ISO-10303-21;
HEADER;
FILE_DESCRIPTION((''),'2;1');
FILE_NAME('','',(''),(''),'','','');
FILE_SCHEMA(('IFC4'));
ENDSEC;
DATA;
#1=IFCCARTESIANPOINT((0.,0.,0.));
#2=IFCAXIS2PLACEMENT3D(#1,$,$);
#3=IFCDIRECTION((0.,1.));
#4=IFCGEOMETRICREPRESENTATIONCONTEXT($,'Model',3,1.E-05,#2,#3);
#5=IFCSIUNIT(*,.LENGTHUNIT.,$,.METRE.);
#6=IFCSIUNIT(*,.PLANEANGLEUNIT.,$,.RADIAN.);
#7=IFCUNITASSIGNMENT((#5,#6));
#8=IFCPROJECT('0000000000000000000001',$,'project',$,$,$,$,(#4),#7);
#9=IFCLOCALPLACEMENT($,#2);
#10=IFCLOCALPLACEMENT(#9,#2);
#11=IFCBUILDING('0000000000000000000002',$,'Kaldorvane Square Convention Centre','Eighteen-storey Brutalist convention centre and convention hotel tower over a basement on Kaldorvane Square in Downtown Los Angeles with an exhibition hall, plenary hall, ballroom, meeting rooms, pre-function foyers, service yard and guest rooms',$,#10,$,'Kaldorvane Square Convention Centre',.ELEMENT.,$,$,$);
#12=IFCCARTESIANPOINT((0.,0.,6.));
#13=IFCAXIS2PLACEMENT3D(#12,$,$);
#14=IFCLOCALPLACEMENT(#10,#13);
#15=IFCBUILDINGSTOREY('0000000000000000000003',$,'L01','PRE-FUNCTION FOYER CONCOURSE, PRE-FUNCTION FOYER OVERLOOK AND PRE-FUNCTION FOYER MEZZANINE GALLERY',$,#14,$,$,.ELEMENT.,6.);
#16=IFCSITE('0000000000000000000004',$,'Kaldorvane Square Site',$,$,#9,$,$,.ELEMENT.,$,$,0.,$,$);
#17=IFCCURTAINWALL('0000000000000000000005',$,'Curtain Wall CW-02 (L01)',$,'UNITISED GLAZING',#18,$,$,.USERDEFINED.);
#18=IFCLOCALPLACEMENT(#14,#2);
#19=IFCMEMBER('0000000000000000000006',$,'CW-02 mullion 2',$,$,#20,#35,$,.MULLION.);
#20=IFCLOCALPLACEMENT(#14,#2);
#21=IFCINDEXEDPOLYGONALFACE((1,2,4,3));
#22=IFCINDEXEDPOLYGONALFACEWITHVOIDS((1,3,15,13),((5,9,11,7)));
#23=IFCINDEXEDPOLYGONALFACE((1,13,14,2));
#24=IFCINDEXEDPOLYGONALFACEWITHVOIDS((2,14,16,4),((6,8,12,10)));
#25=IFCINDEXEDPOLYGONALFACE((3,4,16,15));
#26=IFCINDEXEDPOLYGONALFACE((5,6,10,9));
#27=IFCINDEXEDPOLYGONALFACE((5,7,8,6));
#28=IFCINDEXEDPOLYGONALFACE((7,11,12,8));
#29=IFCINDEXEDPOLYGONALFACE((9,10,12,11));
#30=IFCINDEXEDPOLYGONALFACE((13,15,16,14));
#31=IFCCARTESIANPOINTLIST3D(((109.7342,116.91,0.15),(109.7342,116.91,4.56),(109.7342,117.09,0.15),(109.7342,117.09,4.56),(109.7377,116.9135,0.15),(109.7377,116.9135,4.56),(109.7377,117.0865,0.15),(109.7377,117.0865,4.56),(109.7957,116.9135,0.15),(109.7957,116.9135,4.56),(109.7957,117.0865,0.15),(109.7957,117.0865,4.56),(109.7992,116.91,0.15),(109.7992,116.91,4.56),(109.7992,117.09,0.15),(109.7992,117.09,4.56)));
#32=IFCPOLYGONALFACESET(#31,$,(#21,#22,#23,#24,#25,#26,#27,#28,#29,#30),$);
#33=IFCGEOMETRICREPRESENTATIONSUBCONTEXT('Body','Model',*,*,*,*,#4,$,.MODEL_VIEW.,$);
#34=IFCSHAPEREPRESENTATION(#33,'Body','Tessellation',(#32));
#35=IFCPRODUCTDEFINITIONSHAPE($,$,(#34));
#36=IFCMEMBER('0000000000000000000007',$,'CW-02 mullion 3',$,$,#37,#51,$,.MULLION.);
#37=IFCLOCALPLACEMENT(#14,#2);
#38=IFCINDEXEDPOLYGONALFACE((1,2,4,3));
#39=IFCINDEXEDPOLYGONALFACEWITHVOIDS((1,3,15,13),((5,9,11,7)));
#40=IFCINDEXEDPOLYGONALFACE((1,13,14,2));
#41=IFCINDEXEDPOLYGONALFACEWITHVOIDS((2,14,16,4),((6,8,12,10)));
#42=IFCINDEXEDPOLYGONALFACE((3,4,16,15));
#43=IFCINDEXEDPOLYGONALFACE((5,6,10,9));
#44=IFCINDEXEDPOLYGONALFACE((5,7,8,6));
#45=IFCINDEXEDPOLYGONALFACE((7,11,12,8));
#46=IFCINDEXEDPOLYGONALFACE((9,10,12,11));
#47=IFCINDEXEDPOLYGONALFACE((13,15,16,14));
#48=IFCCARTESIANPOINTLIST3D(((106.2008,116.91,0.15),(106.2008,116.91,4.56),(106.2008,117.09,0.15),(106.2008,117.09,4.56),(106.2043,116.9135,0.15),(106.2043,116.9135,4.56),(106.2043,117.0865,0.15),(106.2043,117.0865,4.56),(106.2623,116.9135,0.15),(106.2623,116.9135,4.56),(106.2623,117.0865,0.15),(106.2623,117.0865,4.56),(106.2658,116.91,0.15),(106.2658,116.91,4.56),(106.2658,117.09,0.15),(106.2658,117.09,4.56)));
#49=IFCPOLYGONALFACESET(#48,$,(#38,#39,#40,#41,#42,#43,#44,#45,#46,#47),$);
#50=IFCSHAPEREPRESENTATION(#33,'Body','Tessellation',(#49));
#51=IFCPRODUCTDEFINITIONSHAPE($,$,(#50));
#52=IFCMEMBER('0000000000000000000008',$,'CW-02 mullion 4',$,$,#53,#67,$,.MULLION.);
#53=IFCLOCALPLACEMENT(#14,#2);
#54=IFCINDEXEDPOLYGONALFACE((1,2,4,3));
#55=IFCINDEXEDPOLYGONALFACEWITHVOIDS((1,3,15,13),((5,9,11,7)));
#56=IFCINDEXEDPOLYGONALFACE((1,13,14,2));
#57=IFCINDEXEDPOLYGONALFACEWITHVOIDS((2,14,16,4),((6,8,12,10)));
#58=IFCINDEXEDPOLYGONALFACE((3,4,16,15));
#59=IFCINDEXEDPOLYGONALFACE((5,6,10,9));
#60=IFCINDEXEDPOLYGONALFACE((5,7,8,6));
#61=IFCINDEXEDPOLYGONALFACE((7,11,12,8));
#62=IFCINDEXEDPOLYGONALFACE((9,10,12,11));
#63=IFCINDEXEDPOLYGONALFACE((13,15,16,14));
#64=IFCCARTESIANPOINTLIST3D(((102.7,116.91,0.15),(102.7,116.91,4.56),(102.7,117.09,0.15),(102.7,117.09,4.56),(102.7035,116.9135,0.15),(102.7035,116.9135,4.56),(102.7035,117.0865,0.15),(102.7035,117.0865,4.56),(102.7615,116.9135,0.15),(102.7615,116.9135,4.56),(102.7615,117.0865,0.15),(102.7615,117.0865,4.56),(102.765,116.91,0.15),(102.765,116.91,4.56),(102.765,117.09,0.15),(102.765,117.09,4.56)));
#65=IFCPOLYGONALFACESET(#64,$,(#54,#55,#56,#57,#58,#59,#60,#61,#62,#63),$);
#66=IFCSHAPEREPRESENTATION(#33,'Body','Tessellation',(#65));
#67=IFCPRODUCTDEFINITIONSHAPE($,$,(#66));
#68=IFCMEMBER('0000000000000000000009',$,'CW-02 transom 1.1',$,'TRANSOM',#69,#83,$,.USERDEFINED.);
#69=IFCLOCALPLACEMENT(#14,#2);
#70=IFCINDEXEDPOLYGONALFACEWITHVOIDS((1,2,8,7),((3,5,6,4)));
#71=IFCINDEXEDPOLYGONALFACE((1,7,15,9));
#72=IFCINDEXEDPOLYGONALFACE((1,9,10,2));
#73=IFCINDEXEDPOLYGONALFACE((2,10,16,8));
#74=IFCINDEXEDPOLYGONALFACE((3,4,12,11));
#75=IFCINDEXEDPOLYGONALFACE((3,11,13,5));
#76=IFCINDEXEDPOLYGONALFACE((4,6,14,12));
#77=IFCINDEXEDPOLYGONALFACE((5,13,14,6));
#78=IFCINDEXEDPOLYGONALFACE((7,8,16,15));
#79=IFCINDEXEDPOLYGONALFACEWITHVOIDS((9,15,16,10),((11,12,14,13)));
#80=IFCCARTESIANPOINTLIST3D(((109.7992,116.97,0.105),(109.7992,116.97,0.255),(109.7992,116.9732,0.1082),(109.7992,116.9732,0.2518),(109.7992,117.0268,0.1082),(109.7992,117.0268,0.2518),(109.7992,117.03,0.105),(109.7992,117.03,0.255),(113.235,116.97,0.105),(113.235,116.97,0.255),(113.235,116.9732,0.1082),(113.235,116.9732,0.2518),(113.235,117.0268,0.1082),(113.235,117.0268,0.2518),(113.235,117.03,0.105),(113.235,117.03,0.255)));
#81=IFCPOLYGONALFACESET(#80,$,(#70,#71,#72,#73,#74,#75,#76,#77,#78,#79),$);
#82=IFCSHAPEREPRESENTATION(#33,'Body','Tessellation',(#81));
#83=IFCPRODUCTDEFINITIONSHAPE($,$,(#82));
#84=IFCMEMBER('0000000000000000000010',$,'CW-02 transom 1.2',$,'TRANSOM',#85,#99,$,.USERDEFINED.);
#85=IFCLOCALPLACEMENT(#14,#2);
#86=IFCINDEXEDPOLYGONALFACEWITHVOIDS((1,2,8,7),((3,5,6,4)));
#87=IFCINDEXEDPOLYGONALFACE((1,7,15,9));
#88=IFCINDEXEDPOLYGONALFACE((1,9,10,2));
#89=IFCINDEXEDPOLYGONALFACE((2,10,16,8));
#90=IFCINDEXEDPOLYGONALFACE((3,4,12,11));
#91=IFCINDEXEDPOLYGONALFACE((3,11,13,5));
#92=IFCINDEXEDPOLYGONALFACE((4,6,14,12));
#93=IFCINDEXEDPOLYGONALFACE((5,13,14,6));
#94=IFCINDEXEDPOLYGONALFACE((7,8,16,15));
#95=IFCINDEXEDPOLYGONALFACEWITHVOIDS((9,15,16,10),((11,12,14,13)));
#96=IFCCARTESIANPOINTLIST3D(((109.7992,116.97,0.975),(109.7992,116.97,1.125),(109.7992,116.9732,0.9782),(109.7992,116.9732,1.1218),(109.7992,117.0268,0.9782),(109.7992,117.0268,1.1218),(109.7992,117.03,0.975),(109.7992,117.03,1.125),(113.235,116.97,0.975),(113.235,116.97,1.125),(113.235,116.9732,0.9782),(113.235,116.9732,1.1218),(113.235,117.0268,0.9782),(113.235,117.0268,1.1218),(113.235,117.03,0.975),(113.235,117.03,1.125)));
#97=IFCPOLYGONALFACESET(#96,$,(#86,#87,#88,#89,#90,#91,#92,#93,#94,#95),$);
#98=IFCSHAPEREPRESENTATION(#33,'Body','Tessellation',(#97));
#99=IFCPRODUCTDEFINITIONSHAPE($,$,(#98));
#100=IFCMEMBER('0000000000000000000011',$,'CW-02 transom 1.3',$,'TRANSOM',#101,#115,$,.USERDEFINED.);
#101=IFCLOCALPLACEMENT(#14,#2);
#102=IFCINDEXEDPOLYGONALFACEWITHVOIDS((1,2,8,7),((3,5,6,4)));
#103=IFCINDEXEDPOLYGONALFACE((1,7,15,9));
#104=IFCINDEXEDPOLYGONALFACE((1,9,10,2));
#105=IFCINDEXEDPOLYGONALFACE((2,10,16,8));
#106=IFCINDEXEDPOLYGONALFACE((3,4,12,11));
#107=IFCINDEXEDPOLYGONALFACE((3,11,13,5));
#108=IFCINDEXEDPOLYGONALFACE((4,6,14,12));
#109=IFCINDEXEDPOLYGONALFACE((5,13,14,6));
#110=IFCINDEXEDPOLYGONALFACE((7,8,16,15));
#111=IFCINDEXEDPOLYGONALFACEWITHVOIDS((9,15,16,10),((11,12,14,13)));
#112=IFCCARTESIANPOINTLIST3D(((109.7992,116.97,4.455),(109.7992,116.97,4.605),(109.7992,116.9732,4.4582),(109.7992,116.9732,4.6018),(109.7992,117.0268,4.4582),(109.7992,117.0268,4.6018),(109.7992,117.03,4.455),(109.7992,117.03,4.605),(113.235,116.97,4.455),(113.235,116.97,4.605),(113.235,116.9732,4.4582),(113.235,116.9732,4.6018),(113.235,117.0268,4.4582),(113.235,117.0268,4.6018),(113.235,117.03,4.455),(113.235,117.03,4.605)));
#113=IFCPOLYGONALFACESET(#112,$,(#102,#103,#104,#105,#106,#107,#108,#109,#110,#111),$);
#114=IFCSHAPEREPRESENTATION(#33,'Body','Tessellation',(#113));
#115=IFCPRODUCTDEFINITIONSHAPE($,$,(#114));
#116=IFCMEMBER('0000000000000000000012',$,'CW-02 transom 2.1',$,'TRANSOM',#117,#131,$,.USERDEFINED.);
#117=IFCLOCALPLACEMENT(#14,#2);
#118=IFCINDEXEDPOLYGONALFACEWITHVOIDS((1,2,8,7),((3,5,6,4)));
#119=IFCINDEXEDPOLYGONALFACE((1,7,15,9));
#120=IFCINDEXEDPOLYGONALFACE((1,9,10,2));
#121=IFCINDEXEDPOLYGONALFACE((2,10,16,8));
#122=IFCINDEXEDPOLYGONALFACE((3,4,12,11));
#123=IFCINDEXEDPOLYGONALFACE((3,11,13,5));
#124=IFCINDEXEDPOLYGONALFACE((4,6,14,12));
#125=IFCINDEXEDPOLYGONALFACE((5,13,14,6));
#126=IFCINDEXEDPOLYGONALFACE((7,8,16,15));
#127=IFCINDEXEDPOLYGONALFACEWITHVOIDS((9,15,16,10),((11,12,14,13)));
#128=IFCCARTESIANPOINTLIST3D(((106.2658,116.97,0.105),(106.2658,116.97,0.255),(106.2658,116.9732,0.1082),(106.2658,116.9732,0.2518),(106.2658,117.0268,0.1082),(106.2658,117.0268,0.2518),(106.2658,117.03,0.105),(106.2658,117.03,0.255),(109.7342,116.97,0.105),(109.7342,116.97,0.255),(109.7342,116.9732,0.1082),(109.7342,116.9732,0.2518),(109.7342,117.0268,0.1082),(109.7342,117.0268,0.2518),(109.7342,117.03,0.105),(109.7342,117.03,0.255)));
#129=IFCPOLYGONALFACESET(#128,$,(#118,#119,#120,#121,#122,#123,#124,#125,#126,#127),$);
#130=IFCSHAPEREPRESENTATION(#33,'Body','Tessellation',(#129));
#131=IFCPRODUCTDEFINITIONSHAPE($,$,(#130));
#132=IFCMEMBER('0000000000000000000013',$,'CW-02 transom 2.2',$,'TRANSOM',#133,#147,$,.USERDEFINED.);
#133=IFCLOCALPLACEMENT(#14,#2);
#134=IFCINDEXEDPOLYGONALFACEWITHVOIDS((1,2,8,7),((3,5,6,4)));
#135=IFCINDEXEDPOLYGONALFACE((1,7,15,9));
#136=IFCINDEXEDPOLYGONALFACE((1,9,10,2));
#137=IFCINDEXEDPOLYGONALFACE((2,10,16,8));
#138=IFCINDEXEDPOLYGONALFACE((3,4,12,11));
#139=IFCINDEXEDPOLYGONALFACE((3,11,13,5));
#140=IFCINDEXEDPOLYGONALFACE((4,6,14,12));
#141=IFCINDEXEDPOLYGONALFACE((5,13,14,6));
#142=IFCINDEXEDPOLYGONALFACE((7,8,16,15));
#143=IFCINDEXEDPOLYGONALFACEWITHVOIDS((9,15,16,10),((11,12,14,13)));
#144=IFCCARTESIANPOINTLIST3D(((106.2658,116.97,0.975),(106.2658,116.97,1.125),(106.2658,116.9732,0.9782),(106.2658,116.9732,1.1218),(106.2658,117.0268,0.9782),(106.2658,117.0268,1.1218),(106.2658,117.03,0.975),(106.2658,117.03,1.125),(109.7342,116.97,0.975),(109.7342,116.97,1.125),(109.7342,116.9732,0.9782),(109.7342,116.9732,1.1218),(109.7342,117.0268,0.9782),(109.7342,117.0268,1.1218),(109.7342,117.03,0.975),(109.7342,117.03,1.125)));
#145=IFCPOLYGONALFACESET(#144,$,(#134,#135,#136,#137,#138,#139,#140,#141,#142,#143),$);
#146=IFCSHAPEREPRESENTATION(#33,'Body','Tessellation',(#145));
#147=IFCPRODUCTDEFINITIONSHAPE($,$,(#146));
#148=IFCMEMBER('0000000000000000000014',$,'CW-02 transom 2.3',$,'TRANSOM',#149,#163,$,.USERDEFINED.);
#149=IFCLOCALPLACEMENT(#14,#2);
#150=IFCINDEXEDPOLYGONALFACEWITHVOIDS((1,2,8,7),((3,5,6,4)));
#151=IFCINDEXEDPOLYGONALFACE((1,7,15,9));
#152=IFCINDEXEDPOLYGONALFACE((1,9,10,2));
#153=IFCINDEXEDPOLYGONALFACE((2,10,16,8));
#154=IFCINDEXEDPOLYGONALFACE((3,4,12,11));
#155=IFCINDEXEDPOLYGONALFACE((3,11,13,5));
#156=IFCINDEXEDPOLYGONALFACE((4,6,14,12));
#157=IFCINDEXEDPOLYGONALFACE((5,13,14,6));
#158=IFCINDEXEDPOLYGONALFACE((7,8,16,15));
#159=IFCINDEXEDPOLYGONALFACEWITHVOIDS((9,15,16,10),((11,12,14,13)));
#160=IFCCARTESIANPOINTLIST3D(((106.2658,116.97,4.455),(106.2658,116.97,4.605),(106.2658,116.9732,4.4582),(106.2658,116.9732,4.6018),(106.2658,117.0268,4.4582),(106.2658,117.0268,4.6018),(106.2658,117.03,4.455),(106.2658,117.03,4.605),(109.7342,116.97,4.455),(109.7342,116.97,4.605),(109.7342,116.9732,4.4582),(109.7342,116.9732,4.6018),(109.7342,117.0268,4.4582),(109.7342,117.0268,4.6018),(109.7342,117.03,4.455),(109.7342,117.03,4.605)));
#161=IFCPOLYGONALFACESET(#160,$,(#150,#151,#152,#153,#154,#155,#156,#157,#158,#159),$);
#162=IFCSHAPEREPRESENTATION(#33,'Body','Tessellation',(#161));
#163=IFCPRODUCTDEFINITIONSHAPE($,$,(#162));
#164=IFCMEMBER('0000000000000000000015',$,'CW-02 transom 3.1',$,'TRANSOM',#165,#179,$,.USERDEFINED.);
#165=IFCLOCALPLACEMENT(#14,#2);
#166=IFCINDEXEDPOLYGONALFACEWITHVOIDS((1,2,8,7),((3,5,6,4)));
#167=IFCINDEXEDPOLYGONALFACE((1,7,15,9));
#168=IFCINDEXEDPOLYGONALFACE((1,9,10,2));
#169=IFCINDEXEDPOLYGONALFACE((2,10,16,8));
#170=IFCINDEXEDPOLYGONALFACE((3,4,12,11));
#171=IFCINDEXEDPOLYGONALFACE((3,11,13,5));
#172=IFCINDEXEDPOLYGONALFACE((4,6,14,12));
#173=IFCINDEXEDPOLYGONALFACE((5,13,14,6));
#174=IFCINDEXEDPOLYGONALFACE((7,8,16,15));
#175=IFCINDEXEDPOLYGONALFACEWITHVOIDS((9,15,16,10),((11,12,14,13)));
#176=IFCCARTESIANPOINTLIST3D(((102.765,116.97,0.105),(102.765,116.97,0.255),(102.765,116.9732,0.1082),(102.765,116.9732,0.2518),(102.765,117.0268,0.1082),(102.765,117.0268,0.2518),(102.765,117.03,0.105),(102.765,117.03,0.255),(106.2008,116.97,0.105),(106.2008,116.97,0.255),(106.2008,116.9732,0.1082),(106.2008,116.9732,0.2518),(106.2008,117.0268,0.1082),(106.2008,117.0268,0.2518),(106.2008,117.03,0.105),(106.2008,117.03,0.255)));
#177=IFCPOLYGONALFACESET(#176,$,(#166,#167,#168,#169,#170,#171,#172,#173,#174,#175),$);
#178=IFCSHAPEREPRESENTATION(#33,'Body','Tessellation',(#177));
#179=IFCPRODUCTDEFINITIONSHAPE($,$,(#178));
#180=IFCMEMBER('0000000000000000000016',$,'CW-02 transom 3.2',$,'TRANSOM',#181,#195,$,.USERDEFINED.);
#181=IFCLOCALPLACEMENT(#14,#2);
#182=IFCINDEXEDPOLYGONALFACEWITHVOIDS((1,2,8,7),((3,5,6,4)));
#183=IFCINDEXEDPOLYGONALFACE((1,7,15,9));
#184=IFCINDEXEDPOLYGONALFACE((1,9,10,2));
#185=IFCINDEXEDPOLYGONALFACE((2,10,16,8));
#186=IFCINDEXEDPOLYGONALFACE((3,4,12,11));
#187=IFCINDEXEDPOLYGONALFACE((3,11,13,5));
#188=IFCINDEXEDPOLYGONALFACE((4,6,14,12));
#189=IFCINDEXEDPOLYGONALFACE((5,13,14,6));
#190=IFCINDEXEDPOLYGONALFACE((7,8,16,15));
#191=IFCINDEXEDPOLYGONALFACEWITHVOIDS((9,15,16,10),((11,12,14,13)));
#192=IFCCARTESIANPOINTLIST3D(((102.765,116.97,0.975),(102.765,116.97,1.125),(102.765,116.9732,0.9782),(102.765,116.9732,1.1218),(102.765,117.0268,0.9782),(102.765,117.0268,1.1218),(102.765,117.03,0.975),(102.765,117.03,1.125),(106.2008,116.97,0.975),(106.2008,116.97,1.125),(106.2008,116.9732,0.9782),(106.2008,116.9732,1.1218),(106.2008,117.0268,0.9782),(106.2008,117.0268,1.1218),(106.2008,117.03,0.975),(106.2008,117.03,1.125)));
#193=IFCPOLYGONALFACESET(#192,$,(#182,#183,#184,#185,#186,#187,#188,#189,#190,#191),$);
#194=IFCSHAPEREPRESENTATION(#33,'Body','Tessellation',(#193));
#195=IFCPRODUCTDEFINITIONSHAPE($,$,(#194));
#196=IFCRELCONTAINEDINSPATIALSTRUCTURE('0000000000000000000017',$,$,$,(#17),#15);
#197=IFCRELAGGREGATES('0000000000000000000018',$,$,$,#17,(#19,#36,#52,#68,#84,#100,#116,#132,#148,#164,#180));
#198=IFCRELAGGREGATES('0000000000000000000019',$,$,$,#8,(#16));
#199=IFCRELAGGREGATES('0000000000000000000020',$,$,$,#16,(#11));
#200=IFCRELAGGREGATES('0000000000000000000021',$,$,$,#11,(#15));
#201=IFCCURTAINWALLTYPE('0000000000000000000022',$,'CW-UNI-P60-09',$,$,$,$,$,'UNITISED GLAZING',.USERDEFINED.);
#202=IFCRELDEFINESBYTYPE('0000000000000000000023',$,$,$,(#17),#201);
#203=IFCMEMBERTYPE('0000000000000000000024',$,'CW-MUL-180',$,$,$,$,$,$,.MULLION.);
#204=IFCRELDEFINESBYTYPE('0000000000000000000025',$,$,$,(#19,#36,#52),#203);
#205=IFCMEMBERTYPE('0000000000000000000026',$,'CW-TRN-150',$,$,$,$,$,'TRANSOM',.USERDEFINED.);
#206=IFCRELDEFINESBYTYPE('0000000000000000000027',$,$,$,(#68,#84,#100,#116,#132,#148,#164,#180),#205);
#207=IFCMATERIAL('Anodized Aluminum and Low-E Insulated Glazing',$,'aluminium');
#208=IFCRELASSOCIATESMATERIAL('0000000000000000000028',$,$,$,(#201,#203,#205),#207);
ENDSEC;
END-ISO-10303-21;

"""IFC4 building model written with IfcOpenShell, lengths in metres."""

from ifc_helpers import new_model, si_unit, direction, frame, origin, origin_2d, place, context, subcontext, project, spatial, hollow_rectangle, extrude, material, material_profile, profile_set, type_object, element, aggregate, save


model = new_model("IFC4")

# Units and contexts
model_context = context("Model", 3, precision=1e-05, world=origin(), true_north=direction((0.0, 1.0)))
body_context = subcontext(model_context, "Body", "Model", "MODEL_VIEW")
ifc_project = project(units=[si_unit("LENGTHUNIT", "METRE"), si_unit("PLANEANGLEUNIT", "RADIAN")], contexts=[model_context])

# Site, building, storey
site_placement = place(None, origin())
site = spatial("IfcSite", under=ifc_project, at=site_placement, Name="Kaldorvane Square Site", CompositionType="ELEMENT", RefElevation=0.0)
building_placement = place(site_placement, origin())
building = spatial("IfcBuilding", under=site, at=building_placement, Name="Kaldorvane Square Convention Centre", Description="Eighteen-storey Brutalist convention centre and convention hotel tower over a basement on Kaldorvane Square in Downtown Los Angeles with an exhibition hall, plenary hall, ballroom, meeting rooms, pre-function foyers, service yard and guest rooms", LongName="Kaldorvane Square Convention Centre", CompositionType="ELEMENT")
storey_placement = place(building_placement, frame((0.0, 0.0, 6.0)))
storey = spatial("IfcBuildingStorey", under=building, at=storey_placement, Name="L01", Description="PRE-FUNCTION FOYER CONCOURSE, PRE-FUNCTION FOYER OVERLOOK AND PRE-FUNCTION FOYER MEZZANINE GALLERY", CompositionType="ELEMENT", Elevation=6.0)

# Curtain wall, members
ifc_material_1 = material(Name="Anodized Aluminum and Low-E Insulated Glazing", Category="aluminium")
curtain_wall_type = type_object("IfcCurtainWallType", Name="CW-UNI-P60-09", ElementType="UNITISED GLAZING", PredefinedType="USERDEFINED", material=ifc_material_1)
curtain_wall_placement = place(storey_placement, origin())
curtain_wall = element("IfcCurtainWall", 1, at=curtain_wall_placement, inside=storey, type_object=curtain_wall_type, Name="Curtain Wall CW-02 (L01)", ObjectType="UNITISED GLAZING", PredefinedType="USERDEFINED")
ifc_material_profile_1 = material_profile(ifc_material_1, hollow_rectangle(XDim=0.065, YDim=0.18, WallThickness=0.0035, at=origin_2d()), Name="CWM-180X65")
ifc_profile_set_1 = profile_set([ifc_material_profile_1], Name="Anodized Aluminum and Low-E Insulated Glazing")
member_type_1 = type_object("IfcMemberType", Name="CW-MUL-180", PredefinedType="MULLION", material=ifc_profile_set_1)
member_1_placement = place(storey_placement, frame((109.7667, 117.0, 0.15), z_axis=(0.0, 0.0, 1.0), x_axis=(-1.0, 0.0, 0.0)))
member_1 = element("IfcMember", 2, at=member_1_placement, type_object=member_type_1, Name="CW-02 mullion 2", PredefinedType="MULLION", context=body_context, shape_type="SweptSolid", body=[
    extrude(hollow_rectangle(XDim=0.065, YDim=0.18, WallThickness=0.0035, at=origin_2d()), origin(), (0.0, 0.0, 1.0), 4.41),
])
member_2_placement = place(storey_placement, frame((106.2333, 117.0, 0.15), z_axis=(0.0, 0.0, 1.0), x_axis=(-1.0, 0.0, 0.0)))
member_2 = element("IfcMember", 3, at=member_2_placement, type_object=member_type_1, Name="CW-02 mullion 3", PredefinedType="MULLION", context=body_context, shape_type="SweptSolid", body=[
    extrude(hollow_rectangle(XDim=0.065, YDim=0.18, WallThickness=0.0035, at=origin_2d()), origin(), (0.0, 0.0, 1.0), 4.41),
])
member_3_placement = place(storey_placement, frame((102.7325, 117.0, 0.15), z_axis=(0.0, 0.0, 1.0), x_axis=(-1.0, 0.0, 0.0)))
member_3 = element("IfcMember", 4, at=member_3_placement, type_object=member_type_1, Name="CW-02 mullion 4", PredefinedType="MULLION", context=body_context, shape_type="SweptSolid", body=[
    extrude(hollow_rectangle(XDim=0.065, YDim=0.18, WallThickness=0.0035, at=origin_2d()), origin(), (0.0, 0.0, 1.0), 4.41),
])
ifc_material_profile_2 = material_profile(ifc_material_1, hollow_rectangle(XDim=0.06, YDim=0.15, WallThickness=0.0032, at=origin_2d()), Name="CWT-150X60")
ifc_profile_set_2 = profile_set([ifc_material_profile_2], Name="Anodized Aluminum and Low-E Insulated Glazing")
member_type_2 = type_object("IfcMemberType", Name="CW-TRN-150", ElementType="TRANSOM", PredefinedType="USERDEFINED", material=ifc_profile_set_2)
member_4_placement = place(storey_placement, frame((113.235, 117.0, 0.18), z_axis=(-1.0, 0.0, 0.0), x_axis=(0.0, -1.0, 0.0)))
member_4 = element("IfcMember", 5, at=member_4_placement, type_object=member_type_2, Name="CW-02 transom 1.1", ObjectType="TRANSOM", PredefinedType="USERDEFINED", context=body_context, shape_type="SweptSolid", body=[
    extrude(hollow_rectangle(XDim=0.06, YDim=0.15, WallThickness=0.0032, at=origin_2d()), origin(), (0.0, 0.0, 1.0), 3.4358),
])
member_5_placement = place(storey_placement, frame((113.235, 117.0, 1.05), z_axis=(-1.0, 0.0, 0.0), x_axis=(0.0, -1.0, 0.0)))
member_5 = element("IfcMember", 6, at=member_5_placement, type_object=member_type_2, Name="CW-02 transom 1.2", ObjectType="TRANSOM", PredefinedType="USERDEFINED", context=body_context, shape_type="SweptSolid", body=[
    extrude(hollow_rectangle(XDim=0.06, YDim=0.15, WallThickness=0.0032, at=origin_2d()), origin(), (0.0, 0.0, 1.0), 3.4358),
])
member_6_placement = place(storey_placement, frame((113.235, 117.0, 4.53), z_axis=(-1.0, 0.0, 0.0), x_axis=(0.0, -1.0, 0.0)))
member_6 = element("IfcMember", 7, at=member_6_placement, type_object=member_type_2, Name="CW-02 transom 1.3", ObjectType="TRANSOM", PredefinedType="USERDEFINED", context=body_context, shape_type="SweptSolid", body=[
    extrude(hollow_rectangle(XDim=0.06, YDim=0.15, WallThickness=0.0032, at=origin_2d()), origin(), (0.0, 0.0, 1.0), 3.4358),
])
member_7_placement = place(storey_placement, frame((109.7342, 117.0, 0.18), z_axis=(-1.0, 0.0, 0.0), x_axis=(0.0, -1.0, 0.0)))
member_7 = element("IfcMember", 8, at=member_7_placement, type_object=member_type_2, Name="CW-02 transom 2.1", ObjectType="TRANSOM", PredefinedType="USERDEFINED", context=body_context, shape_type="SweptSolid", body=[
    extrude(hollow_rectangle(XDim=0.06, YDim=0.15, WallThickness=0.0032, at=origin_2d()), origin(), (0.0, 0.0, 1.0), 3.4683),
])
member_8_placement = place(storey_placement, frame((109.7342, 117.0, 1.05), z_axis=(-1.0, 0.0, 0.0), x_axis=(0.0, -1.0, 0.0)))
member_8 = element("IfcMember", 9, at=member_8_placement, type_object=member_type_2, Name="CW-02 transom 2.2", ObjectType="TRANSOM", PredefinedType="USERDEFINED", context=body_context, shape_type="SweptSolid", body=[
    extrude(hollow_rectangle(XDim=0.06, YDim=0.15, WallThickness=0.0032, at=origin_2d()), origin(), (0.0, 0.0, 1.0), 3.4683),
])
member_9_placement = place(storey_placement, frame((109.7342, 117.0, 4.53), z_axis=(-1.0, 0.0, 0.0), x_axis=(0.0, -1.0, 0.0)))
member_9 = element("IfcMember", 10, at=member_9_placement, type_object=member_type_2, Name="CW-02 transom 2.3", ObjectType="TRANSOM", PredefinedType="USERDEFINED", context=body_context, shape_type="SweptSolid", body=[
    extrude(hollow_rectangle(XDim=0.06, YDim=0.15, WallThickness=0.0032, at=origin_2d()), origin(), (0.0, 0.0, 1.0), 3.4683),
])
member_10_placement = place(storey_placement, frame((106.2008, 117.0, 0.18), z_axis=(-1.0, 0.0, 0.0), x_axis=(0.0, -1.0, 0.0)))
member_10 = element("IfcMember", 11, at=member_10_placement, type_object=member_type_2, Name="CW-02 transom 3.1", ObjectType="TRANSOM", PredefinedType="USERDEFINED", context=body_context, shape_type="SweptSolid", body=[
    extrude(hollow_rectangle(XDim=0.06, YDim=0.15, WallThickness=0.0032, at=origin_2d()), origin(), (0.0, 0.0, 1.0), 3.4358),
])
member_11_placement = place(storey_placement, frame((106.2008, 117.0, 1.05), z_axis=(-1.0, 0.0, 0.0), x_axis=(0.0, -1.0, 0.0)))
member_11 = element("IfcMember", 12, at=member_11_placement, type_object=member_type_2, Name="CW-02 transom 3.2", ObjectType="TRANSOM", PredefinedType="USERDEFINED", context=body_context, shape_type="SweptSolid", body=[
    extrude(hollow_rectangle(XDim=0.06, YDim=0.15, WallThickness=0.0032, at=origin_2d()), origin(), (0.0, 0.0, 1.0), 3.4358),
])
aggregate(curtain_wall, [member_1, member_2, member_3, member_4, member_5, member_6, member_7, member_8, member_9, member_10, member_11])

save(model, "model.ifc")
